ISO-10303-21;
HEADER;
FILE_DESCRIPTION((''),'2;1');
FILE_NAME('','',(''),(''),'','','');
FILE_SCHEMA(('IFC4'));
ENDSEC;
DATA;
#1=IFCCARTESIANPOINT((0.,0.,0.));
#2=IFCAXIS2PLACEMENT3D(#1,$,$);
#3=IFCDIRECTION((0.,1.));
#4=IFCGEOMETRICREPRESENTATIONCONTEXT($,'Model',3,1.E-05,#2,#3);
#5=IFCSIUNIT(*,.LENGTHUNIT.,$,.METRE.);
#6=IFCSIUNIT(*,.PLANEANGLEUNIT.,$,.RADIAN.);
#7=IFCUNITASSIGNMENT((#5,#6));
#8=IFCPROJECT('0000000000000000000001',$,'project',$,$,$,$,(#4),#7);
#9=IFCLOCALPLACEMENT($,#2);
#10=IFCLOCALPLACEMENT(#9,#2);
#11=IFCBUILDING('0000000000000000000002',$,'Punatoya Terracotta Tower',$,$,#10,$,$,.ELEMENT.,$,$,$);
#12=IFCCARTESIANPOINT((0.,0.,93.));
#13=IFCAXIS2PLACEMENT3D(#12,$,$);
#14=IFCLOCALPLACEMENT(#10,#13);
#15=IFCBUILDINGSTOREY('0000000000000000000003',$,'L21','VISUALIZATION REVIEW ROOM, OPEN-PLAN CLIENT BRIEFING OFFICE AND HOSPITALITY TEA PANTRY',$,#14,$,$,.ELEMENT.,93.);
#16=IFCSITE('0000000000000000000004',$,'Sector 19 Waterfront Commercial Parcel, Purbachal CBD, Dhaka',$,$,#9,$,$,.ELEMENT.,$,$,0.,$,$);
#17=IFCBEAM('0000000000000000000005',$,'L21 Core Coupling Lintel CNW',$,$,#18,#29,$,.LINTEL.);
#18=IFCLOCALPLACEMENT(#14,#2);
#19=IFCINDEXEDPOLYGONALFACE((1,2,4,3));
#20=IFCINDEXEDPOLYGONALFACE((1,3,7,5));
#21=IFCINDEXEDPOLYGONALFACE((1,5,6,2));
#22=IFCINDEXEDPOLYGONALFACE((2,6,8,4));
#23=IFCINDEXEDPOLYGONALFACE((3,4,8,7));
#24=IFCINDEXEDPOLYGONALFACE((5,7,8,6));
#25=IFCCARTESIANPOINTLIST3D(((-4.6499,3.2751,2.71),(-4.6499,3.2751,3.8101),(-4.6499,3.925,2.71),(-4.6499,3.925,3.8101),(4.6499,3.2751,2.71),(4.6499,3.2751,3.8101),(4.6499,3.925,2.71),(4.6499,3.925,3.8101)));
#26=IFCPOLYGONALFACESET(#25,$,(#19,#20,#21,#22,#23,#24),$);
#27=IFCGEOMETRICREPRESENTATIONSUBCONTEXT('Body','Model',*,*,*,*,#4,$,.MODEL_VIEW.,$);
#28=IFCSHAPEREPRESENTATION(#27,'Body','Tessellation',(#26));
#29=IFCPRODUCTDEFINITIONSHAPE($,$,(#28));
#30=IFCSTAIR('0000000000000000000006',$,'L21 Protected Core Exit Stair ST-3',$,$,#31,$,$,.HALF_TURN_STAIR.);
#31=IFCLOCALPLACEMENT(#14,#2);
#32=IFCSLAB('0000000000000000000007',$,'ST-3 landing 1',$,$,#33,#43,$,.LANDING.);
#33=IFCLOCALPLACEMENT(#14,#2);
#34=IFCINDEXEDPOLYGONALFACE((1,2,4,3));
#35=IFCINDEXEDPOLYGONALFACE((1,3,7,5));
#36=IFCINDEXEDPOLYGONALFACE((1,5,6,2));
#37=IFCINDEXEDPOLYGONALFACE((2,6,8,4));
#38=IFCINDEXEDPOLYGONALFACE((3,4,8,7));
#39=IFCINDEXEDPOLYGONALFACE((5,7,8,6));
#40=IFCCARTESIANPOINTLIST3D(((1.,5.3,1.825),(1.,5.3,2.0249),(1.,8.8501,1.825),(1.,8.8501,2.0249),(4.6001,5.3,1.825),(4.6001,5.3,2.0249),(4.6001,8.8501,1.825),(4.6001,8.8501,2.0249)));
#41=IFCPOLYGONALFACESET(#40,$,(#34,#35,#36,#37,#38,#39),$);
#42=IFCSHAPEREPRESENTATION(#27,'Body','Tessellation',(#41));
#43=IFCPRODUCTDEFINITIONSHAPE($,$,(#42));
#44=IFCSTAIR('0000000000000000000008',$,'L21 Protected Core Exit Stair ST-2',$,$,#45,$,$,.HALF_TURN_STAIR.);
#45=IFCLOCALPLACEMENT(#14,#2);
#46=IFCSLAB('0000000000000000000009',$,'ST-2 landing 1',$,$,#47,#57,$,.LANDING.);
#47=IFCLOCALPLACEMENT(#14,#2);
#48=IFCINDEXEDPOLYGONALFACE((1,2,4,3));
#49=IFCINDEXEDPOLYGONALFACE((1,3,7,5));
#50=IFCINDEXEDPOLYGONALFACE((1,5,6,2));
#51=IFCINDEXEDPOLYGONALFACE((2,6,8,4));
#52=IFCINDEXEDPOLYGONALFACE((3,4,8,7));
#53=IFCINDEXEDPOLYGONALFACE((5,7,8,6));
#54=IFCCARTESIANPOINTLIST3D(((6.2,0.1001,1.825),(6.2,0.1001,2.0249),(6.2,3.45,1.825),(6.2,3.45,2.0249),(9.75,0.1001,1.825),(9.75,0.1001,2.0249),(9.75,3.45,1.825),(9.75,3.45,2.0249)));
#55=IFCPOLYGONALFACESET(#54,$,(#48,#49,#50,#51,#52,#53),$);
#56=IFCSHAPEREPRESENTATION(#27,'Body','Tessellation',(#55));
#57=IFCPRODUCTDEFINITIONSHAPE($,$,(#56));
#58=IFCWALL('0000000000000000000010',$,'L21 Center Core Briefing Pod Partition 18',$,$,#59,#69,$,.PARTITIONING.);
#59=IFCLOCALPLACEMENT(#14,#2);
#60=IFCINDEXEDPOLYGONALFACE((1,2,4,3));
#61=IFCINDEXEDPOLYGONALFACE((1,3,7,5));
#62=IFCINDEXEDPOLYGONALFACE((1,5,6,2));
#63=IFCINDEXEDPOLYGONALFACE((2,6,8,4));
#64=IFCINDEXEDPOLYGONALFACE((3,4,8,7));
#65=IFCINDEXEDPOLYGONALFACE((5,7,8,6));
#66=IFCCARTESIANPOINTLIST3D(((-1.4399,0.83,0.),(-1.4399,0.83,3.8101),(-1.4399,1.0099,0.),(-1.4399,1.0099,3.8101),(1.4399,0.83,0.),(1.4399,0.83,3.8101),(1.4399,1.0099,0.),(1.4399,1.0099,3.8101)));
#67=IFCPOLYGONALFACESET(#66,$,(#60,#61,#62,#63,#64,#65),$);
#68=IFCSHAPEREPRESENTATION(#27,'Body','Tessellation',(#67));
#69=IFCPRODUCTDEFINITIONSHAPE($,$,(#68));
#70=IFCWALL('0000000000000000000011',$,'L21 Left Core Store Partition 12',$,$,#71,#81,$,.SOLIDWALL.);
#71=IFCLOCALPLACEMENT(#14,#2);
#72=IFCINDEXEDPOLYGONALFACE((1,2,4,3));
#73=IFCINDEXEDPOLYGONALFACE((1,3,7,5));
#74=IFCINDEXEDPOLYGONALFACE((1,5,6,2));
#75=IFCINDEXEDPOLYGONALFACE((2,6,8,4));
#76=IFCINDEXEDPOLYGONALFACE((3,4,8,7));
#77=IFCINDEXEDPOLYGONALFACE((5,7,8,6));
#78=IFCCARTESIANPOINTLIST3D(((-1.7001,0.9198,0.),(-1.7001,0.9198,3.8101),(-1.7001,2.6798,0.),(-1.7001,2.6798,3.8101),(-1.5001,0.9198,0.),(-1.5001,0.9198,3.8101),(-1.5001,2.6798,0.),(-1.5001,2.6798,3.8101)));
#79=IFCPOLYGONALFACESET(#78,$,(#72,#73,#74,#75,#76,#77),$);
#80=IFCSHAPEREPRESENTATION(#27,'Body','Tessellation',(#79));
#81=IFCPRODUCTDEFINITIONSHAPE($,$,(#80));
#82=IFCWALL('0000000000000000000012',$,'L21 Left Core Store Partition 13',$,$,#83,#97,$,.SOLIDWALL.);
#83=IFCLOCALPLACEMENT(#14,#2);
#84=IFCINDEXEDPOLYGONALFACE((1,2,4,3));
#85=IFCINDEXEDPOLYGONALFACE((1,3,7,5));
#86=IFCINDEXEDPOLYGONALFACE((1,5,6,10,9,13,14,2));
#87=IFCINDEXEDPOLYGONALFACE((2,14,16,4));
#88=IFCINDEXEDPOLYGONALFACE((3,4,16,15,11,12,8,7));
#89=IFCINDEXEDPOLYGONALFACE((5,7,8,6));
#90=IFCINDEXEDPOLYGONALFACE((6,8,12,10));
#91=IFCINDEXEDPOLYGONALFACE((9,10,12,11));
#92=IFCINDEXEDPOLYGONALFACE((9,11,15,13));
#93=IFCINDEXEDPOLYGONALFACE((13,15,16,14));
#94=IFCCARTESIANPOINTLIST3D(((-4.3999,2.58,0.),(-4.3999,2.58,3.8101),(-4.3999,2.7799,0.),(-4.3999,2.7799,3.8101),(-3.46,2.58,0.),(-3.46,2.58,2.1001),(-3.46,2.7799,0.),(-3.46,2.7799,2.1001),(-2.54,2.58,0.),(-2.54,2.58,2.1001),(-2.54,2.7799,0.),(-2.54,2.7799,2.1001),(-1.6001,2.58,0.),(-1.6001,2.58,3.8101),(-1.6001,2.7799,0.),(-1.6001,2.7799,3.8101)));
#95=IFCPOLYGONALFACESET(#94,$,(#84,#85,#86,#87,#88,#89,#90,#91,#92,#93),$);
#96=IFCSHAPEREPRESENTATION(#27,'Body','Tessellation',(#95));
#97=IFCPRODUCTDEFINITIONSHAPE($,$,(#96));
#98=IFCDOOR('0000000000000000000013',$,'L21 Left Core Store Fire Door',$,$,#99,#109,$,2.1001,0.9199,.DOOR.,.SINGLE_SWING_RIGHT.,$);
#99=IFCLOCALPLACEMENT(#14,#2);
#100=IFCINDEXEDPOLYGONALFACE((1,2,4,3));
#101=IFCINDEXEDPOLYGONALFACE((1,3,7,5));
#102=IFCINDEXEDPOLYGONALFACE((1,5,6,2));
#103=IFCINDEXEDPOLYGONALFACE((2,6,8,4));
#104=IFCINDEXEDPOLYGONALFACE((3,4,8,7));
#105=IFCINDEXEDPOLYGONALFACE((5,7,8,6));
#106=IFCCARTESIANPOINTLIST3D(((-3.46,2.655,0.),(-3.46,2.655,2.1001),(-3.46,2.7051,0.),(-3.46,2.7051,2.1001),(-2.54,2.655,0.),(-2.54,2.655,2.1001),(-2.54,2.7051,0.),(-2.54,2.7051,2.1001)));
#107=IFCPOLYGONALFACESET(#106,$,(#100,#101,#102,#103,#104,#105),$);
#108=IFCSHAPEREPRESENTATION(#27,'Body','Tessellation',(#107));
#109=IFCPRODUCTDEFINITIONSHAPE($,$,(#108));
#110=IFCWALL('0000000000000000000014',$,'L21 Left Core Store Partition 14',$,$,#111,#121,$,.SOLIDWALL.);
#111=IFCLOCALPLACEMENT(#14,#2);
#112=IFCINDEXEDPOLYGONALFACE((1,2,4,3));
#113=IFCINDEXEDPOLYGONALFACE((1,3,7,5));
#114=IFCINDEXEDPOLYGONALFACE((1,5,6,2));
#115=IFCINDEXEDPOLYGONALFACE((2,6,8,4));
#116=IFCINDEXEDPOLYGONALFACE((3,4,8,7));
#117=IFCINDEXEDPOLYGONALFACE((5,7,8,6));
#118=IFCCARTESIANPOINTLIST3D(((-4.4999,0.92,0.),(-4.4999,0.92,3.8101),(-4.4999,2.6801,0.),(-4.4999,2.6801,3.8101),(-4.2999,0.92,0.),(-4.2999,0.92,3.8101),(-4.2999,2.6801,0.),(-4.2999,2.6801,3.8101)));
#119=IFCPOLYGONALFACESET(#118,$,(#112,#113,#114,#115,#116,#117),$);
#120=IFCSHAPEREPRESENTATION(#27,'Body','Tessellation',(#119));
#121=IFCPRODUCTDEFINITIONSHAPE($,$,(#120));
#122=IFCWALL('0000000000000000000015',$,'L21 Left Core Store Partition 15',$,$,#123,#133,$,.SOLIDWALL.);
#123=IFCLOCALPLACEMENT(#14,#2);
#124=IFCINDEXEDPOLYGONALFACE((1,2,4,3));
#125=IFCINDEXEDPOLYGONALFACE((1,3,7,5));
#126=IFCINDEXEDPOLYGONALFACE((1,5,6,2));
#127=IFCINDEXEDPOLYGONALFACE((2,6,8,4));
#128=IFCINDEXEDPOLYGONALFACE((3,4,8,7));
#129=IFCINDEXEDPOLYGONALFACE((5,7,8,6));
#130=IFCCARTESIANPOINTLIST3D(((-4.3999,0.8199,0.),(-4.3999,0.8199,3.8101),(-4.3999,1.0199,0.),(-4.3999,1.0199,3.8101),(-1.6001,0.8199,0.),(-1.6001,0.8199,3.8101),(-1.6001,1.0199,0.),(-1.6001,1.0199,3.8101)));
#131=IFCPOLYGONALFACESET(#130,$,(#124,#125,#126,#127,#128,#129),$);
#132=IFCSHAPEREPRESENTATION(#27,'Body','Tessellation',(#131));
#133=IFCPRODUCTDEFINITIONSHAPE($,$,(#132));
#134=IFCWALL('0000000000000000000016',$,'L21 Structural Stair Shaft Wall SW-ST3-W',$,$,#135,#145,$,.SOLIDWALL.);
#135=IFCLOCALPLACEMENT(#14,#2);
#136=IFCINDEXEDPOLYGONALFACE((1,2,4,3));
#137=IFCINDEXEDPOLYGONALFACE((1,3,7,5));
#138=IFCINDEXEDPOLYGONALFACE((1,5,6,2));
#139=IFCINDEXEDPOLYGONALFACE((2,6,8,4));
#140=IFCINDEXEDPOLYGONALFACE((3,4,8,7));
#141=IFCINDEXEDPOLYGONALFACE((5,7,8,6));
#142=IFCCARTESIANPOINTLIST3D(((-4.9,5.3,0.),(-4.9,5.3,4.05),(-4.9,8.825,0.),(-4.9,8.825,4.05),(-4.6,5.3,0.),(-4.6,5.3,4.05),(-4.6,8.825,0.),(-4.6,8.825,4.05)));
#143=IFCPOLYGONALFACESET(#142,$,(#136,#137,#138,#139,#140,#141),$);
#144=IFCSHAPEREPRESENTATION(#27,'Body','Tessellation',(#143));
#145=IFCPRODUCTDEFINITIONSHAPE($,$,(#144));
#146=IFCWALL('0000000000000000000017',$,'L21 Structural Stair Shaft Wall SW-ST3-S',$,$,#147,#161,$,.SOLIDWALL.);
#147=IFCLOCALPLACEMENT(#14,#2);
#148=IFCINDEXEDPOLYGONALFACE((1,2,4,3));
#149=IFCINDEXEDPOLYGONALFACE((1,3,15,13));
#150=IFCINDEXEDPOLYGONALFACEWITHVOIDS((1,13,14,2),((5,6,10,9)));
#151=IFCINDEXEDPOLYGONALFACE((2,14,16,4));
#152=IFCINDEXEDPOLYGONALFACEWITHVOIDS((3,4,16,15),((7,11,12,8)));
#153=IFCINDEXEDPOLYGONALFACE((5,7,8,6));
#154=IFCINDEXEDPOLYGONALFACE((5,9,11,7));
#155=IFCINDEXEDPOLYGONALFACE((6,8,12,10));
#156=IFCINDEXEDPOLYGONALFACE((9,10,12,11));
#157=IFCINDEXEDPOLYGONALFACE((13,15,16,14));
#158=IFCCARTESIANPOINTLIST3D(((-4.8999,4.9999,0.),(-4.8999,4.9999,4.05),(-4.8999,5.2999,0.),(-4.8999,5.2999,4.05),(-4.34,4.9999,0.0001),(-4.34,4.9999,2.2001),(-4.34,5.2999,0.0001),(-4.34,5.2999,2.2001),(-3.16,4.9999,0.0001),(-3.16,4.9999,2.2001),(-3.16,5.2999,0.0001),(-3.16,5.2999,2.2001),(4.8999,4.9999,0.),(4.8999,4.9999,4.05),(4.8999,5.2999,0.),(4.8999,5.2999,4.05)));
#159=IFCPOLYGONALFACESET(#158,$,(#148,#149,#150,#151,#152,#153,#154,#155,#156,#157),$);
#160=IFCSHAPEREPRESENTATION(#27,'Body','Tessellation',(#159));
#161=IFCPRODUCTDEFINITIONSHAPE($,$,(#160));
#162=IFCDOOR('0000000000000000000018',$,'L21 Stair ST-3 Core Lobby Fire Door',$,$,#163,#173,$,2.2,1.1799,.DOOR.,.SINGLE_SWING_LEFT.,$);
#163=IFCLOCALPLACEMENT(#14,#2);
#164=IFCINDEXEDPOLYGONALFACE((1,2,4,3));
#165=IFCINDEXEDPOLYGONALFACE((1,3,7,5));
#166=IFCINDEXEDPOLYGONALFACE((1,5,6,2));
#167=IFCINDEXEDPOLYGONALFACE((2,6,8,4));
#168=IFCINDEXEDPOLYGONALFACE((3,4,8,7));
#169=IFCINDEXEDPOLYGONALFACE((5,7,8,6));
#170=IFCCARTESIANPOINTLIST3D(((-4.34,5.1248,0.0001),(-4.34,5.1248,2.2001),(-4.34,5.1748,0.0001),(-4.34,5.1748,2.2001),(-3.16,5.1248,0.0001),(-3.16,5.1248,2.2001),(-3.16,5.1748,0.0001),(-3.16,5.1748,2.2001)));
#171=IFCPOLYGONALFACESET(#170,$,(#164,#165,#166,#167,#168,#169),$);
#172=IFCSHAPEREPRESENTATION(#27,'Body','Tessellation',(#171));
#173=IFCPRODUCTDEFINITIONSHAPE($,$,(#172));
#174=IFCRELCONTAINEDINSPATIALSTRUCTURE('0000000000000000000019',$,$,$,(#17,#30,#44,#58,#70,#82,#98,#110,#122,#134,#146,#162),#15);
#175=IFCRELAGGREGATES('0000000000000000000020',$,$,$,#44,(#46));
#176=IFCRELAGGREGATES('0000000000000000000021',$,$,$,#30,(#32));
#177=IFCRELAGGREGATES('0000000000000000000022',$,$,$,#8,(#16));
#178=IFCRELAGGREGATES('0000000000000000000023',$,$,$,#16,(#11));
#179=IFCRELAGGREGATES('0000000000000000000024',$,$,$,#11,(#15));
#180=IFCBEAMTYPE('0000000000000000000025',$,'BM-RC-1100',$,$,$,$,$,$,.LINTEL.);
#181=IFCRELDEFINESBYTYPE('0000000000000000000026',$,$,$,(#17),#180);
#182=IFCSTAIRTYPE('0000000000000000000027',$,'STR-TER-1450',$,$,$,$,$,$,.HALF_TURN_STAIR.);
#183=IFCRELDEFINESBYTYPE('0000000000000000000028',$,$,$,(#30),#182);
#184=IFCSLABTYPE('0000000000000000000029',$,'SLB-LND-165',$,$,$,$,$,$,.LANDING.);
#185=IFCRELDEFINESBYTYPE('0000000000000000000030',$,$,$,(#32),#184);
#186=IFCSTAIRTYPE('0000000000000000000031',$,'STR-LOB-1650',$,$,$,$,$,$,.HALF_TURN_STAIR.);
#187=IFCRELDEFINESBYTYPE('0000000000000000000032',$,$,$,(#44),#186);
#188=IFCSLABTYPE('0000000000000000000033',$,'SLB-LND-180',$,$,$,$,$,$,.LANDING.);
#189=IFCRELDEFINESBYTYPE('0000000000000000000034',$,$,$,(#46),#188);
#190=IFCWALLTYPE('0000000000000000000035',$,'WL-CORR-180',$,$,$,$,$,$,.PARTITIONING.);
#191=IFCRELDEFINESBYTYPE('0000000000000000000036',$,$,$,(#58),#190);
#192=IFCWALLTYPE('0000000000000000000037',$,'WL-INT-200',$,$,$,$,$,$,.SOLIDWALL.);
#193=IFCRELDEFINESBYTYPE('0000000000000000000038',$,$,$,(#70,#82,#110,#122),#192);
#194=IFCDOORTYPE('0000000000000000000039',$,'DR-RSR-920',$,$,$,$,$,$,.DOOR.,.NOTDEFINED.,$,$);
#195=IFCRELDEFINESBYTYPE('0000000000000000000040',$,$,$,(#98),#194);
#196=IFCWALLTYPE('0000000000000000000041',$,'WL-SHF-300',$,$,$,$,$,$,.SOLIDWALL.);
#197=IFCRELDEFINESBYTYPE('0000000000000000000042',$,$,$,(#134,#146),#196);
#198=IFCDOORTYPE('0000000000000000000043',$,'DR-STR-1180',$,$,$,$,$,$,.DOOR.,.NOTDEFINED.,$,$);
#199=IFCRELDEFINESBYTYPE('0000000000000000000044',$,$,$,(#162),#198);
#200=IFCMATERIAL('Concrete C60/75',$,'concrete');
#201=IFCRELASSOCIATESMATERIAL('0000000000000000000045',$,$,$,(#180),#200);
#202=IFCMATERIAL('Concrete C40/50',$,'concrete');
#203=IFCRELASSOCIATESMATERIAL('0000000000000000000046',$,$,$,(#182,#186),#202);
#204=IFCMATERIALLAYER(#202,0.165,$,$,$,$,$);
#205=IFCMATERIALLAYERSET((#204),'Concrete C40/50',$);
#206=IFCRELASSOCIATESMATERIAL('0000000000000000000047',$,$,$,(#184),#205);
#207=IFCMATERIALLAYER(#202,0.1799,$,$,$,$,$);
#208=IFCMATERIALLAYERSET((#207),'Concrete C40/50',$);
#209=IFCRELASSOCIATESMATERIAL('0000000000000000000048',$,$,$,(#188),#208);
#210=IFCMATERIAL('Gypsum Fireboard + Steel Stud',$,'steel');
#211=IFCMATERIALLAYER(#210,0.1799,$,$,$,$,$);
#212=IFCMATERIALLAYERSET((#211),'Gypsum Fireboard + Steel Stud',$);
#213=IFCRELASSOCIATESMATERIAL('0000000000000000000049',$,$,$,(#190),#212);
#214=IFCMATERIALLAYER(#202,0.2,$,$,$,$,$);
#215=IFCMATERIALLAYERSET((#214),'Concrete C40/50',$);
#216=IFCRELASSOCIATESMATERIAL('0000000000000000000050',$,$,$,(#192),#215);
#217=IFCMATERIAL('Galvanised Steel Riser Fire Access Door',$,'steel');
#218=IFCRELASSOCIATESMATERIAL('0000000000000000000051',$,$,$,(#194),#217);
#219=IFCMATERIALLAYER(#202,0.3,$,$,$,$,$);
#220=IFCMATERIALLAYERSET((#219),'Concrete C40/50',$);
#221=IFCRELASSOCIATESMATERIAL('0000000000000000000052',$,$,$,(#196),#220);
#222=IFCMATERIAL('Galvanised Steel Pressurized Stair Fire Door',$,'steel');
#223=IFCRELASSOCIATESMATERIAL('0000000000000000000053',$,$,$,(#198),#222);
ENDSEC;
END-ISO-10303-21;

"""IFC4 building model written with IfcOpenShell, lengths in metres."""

from ifc_helpers import new_model, si_unit, direction, frame, frame_2d, origin, origin_2d, place, context, subcontext, project, spatial, polyline, rectangle, outline, extrude, material, layer, layer_set, material_profile, profile_set, type_object, element, fill, aggregate, save


model = new_model("IFC4")

# Units and contexts
model_context = context("Model", 3, precision=1e-05, world=origin(), true_north=direction((0.0, 1.0)))
body_context = subcontext(model_context, "Body", "Model", "MODEL_VIEW")
ifc_project = project(units=[si_unit("LENGTHUNIT", "METRE"), si_unit("PLANEANGLEUNIT", "RADIAN")], contexts=[model_context])

# Site, building, storey
site_placement = place(None, origin())
site = spatial("IfcSite", under=ifc_project, at=site_placement, Name="Sector 19 Waterfront Commercial Parcel, Purbachal CBD, Dhaka", CompositionType="ELEMENT", RefElevation=0.0)
building_placement = place(site_placement, origin())
building = spatial("IfcBuilding", under=site, at=building_placement, Name="Punatoya Terracotta Tower", CompositionType="ELEMENT")
storey_placement = place(building_placement, frame((0.0, 0.0, 93.0)))
storey = spatial("IfcBuildingStorey", under=building, at=storey_placement, Name="L21", Description="VISUALIZATION REVIEW ROOM, OPEN-PLAN CLIENT BRIEFING OFFICE AND HOSPITALITY TEA PANTRY", CompositionType="ELEMENT", Elevation=93.0)

# Beam
ifc_material_1 = material(Name="Concrete C60/75", Category="concrete")
ifc_material_profile = material_profile(ifc_material_1, rectangle(XDim=0.6499, YDim=1.1001, at=origin_2d()))
ifc_profile_set = profile_set([ifc_material_profile], Name="Concrete C60/75")
beam_type = type_object("IfcBeamType", Name="BM-RC-1100", PredefinedType="LINTEL", material=ifc_profile_set)
beam_placement = place(storey_placement, frame((-4.6499, 3.6001, 3.26), z_axis=(1.0, 0.0, 0.0), x_axis=(0.0, 1.0, 0.0)))
element("IfcBeam", 1, at=beam_placement, inside=storey, type_object=beam_type, Name="L21 Core Coupling Lintel CNW", PredefinedType="LINTEL", context=body_context, shape_type="SweptSolid", body=[
    extrude(rectangle(XDim=0.6499, YDim=1.1001, at=origin_2d()), origin(), (0.0, 0.0, 1.0), 9.2998),
])

# Stairs, slabs
ifc_material_2 = material(Name="Concrete C40/50", Category="concrete")
stair_type_1 = type_object("IfcStairType", Name="STR-TER-1450", PredefinedType="HALF_TURN_STAIR", material=ifc_material_2)
stair_1_placement = place(storey_placement, origin())
stair_1 = element("IfcStair", 2, at=stair_1_placement, inside=storey, type_object=stair_type_1, Name="L21 Protected Core Exit Stair ST-3", PredefinedType="HALF_TURN_STAIR")
ifc_layer_1 = layer(ifc_material_2, 0.165)
ifc_layer_set_1 = layer_set([ifc_layer_1], Name="Concrete C40/50")
slab_type_1 = type_object("IfcSlabType", Name="SLB-LND-165", PredefinedType="LANDING", material=ifc_layer_set_1)
slab_1_placement = place(storey_placement, frame((0.0, 0.0, 1.825)))
slab_1 = element("IfcSlab", 3, at=slab_1_placement, type_object=slab_type_1, Name="ST-3 landing 1", PredefinedType="LANDING", context=body_context, shape_type="SweptSolid", body=[
    extrude(outline(polyline([(1.0, 5.3), (4.6001, 5.3), (4.6001, 8.8501), (1.0, 8.8501), (1.0, 5.3)])), origin(), (0.0, 0.0, 1.0), 0.2),
])
stair_type_2 = type_object("IfcStairType", Name="STR-LOB-1650", PredefinedType="HALF_TURN_STAIR", material=ifc_material_2)
stair_2_placement = place(storey_placement, origin())
stair_2 = element("IfcStair", 4, at=stair_2_placement, inside=storey, type_object=stair_type_2, Name="L21 Protected Core Exit Stair ST-2", PredefinedType="HALF_TURN_STAIR")
ifc_layer_2 = layer(ifc_material_2, 0.1799)
ifc_layer_set_2 = layer_set([ifc_layer_2], Name="Concrete C40/50")
slab_type_2 = type_object("IfcSlabType", Name="SLB-LND-180", PredefinedType="LANDING", material=ifc_layer_set_2)
slab_2_placement = place(storey_placement, frame((0.0, 0.0, 1.825)))
slab_2 = element("IfcSlab", 5, at=slab_2_placement, type_object=slab_type_2, Name="ST-2 landing 1", PredefinedType="LANDING", context=body_context, shape_type="SweptSolid", body=[
    extrude(outline(polyline([(9.75, 0.1001), (9.75, 3.45), (6.2, 3.45), (6.2, 0.1001), (9.75, 0.1001)])), origin(), (0.0, 0.0, 1.0), 0.2),
])
aggregate(stair_2, [slab_2])

# Walls
ifc_material_3 = material(Name="Gypsum Fireboard + Steel Stud", Category="steel")
ifc_layer_3 = layer(ifc_material_3, 0.1799)
ifc_layer_set_3 = layer_set([ifc_layer_3], Name="Gypsum Fireboard + Steel Stud")
wall_type_1 = type_object("IfcWallType", Name="WL-CORR-180", PredefinedType="PARTITIONING", material=ifc_layer_set_3)
wall_1_placement = place(storey_placement, frame((-1.4399, 0.9199, 0.0), z_axis=(0.0, 0.0, 1.0), x_axis=(1.0, 0.0, 0.0)))
element("IfcWall", 6, at=wall_1_placement, inside=storey, type_object=wall_type_1, Name="L21 Center Core Briefing Pod Partition 18", PredefinedType="PARTITIONING", context=body_context, shape_type="SweptSolid", body=[
    extrude(rectangle(XDim=2.8799, YDim=0.1799, at=frame_2d((1.4399, 0.0))), origin(), (0.0, 0.0, 1.0), 3.8101),
])
ifc_layer_4 = layer(ifc_material_2, 0.2)
ifc_layer_set_4 = layer_set([ifc_layer_4], Name="Concrete C40/50")
wall_type_2 = type_object("IfcWallType", Name="WL-INT-200", PredefinedType="SOLIDWALL", material=ifc_layer_set_4)
wall_2_placement = place(storey_placement, frame((-1.6001, 0.9199, 0.0), z_axis=(0.0, 0.0, 1.0), x_axis=(0.0, 1.0, 0.0)))
element("IfcWall", 7, at=wall_2_placement, inside=storey, type_object=wall_type_2, Name="L21 Left Core Store Partition 12", PredefinedType="SOLIDWALL", context=body_context, shape_type="SweptSolid", body=[
    extrude(rectangle(XDim=1.76, YDim=0.2, at=frame_2d((0.8799, 0.0))), origin(), (0.0, 0.0, 1.0), 3.8101),
])

# Wall, opening, door
wall_3_placement = place(storey_placement, frame((-1.6001, 2.6799, 0.0), z_axis=(0.0, 0.0, 1.0), x_axis=(-1.0, 0.0, 0.0)))
wall_3 = element("IfcWall", 8, at=wall_3_placement, inside=storey, type_object=wall_type_2, Name="L21 Left Core Store Partition 13", PredefinedType="SOLIDWALL", context=body_context, shape_type="SweptSolid", body=[
    extrude(rectangle(XDim=2.7998, YDim=0.2, at=frame_2d((1.3999, 0.0))), origin(), (0.0, 0.0, 1.0), 3.8101),
])
opening_1_placement = place(wall_3_placement, frame((0.9399, 0.0, 0.0)))
opening_1 = element("IfcOpeningElement", 9, at=opening_1_placement, cuts=wall_3, PredefinedType="OPENING", context=body_context, shape_type="SweptSolid", body=[
    extrude(rectangle(XDim=0.9199, YDim=2.1001, at=frame_2d((0.46, 1.05))), frame((0.0, 0.1099, 0.0), z_axis=(0.0, -1.0, 0.0), x_axis=(1.0, 0.0, 0.0)), (0.0, 0.0, 1.0), 0.22),
])
ifc_material_4 = material(Name="Galvanised Steel Riser Fire Access Door", Category="steel")
door_type_1 = type_object("IfcDoorType", Name="DR-RSR-920", OperationType="NOTDEFINED", PredefinedType="DOOR", material=ifc_material_4)
door_1_placement = place(opening_1_placement, origin())
door_1 = element("IfcDoor", 10, at=door_1_placement, inside=storey, type_object=door_type_1, Name="L21 Left Core Store Fire Door", OperationType="SINGLE_SWING_RIGHT", OverallHeight=2.1001, OverallWidth=0.9199, PredefinedType="DOOR", context=body_context, shape_type="SweptSolid", body=[
    extrude(rectangle(XDim=0.9199, YDim=2.1001, at=frame_2d((0.46, 1.05))), frame((0.0, 0.0249, 0.0), z_axis=(0.0, -1.0, 0.0), x_axis=(1.0, 0.0, 0.0)), (0.0, 0.0, 1.0), 0.05),
])
fill(opening_1, door_1)

# Walls
wall_4_placement = place(storey_placement, frame((-4.3999, 2.6799, 0.0), z_axis=(0.0, 0.0, 1.0), x_axis=(0.0, -1.0, 0.0)))
element("IfcWall", 11, at=wall_4_placement, inside=storey, type_object=wall_type_2, Name="L21 Left Core Store Partition 14", PredefinedType="SOLIDWALL", context=body_context, shape_type="SweptSolid", body=[
    extrude(rectangle(XDim=1.76, YDim=0.2, at=frame_2d((0.8799, 0.0))), origin(), (0.0, 0.0, 1.0), 3.8101),
])
wall_5_placement = place(storey_placement, frame((-4.3999, 0.9199, 0.0), z_axis=(0.0, 0.0, 1.0), x_axis=(1.0, 0.0, 0.0)))
element("IfcWall", 12, at=wall_5_placement, inside=storey, type_object=wall_type_2, Name="L21 Left Core Store Partition 15", PredefinedType="SOLIDWALL", context=body_context, shape_type="SweptSolid", body=[
    extrude(rectangle(XDim=2.7998, YDim=0.2, at=frame_2d((1.3999, 0.0))), origin(), (0.0, 0.0, 1.0), 3.8101),
])
ifc_layer_5 = layer(ifc_material_2, 0.3)
ifc_layer_set_5 = layer_set([ifc_layer_5], Name="Concrete C40/50")
wall_type_3 = type_object("IfcWallType", Name="WL-SHF-300", PredefinedType="SOLIDWALL", material=ifc_layer_set_5)
wall_6_placement = place(storey_placement, frame((-4.75, 5.3, 0.0), z_axis=(0.0, 0.0, 1.0), x_axis=(0.0, 1.0, 0.0)))
element("IfcWall", 13, at=wall_6_placement, inside=storey, type_object=wall_type_3, Name="L21 Structural Stair Shaft Wall SW-ST3-W", PredefinedType="SOLIDWALL", context=body_context, shape_type="SweptSolid", body=[
    extrude(rectangle(XDim=3.5249, YDim=0.3, at=frame_2d((1.7625, 0.0))), origin(), (0.0, 0.0, 1.0), 4.05),
])

# Wall, opening, door
wall_7_placement = place(storey_placement, frame((-4.8999, 5.1499, 0.0), z_axis=(0.0, 0.0, 1.0), x_axis=(1.0, 0.0, 0.0)))
wall_7 = element("IfcWall", 14, at=wall_7_placement, inside=storey, type_object=wall_type_3, Name="L21 Structural Stair Shaft Wall SW-ST3-S", PredefinedType="SOLIDWALL", context=body_context, shape_type="SweptSolid", body=[
    extrude(rectangle(XDim=9.7998, YDim=0.3, at=frame_2d((4.8999, 0.0))), origin(), (0.0, 0.0, 1.0), 4.05),
])
opening_2_placement = place(wall_7_placement, frame((0.5601, 0.0, 0.0)))
opening_2 = element("IfcOpeningElement", 15, at=opening_2_placement, cuts=wall_7, PredefinedType="OPENING", context=body_context, shape_type="SweptSolid", body=[
    extrude(rectangle(XDim=1.1799, YDim=2.2, at=frame_2d((0.5898, 1.1001))), frame((0.0, 0.1599, 0.0), z_axis=(0.0, -1.0, 0.0), x_axis=(1.0, 0.0, 0.0)), (0.0, 0.0, 1.0), 0.3201),
])
ifc_material_5 = material(Name="Galvanised Steel Pressurized Stair Fire Door", Category="steel")
door_type_2 = type_object("IfcDoorType", Name="DR-STR-1180", OperationType="NOTDEFINED", PredefinedType="DOOR", material=ifc_material_5)
door_2_placement = place(opening_2_placement, origin())
door_2 = element("IfcDoor", 16, at=door_2_placement, inside=storey, type_object=door_type_2, Name="L21 Stair ST-3 Core Lobby Fire Door", OperationType="SINGLE_SWING_LEFT", OverallHeight=2.2, OverallWidth=1.1799, PredefinedType="DOOR", context=body_context, shape_type="SweptSolid", body=[
    extrude(rectangle(XDim=1.1799, YDim=2.2, at=frame_2d((0.5898, 1.1001))), frame((0.0, 0.0249, 0.0), z_axis=(0.0, -1.0, 0.0), x_axis=(1.0, 0.0, 0.0)), (0.0, 0.0, 1.0), 0.05),
])
fill(opening_2, door_2)

aggregate(stair_1, [slab_1])

save(model, "model.ifc")
